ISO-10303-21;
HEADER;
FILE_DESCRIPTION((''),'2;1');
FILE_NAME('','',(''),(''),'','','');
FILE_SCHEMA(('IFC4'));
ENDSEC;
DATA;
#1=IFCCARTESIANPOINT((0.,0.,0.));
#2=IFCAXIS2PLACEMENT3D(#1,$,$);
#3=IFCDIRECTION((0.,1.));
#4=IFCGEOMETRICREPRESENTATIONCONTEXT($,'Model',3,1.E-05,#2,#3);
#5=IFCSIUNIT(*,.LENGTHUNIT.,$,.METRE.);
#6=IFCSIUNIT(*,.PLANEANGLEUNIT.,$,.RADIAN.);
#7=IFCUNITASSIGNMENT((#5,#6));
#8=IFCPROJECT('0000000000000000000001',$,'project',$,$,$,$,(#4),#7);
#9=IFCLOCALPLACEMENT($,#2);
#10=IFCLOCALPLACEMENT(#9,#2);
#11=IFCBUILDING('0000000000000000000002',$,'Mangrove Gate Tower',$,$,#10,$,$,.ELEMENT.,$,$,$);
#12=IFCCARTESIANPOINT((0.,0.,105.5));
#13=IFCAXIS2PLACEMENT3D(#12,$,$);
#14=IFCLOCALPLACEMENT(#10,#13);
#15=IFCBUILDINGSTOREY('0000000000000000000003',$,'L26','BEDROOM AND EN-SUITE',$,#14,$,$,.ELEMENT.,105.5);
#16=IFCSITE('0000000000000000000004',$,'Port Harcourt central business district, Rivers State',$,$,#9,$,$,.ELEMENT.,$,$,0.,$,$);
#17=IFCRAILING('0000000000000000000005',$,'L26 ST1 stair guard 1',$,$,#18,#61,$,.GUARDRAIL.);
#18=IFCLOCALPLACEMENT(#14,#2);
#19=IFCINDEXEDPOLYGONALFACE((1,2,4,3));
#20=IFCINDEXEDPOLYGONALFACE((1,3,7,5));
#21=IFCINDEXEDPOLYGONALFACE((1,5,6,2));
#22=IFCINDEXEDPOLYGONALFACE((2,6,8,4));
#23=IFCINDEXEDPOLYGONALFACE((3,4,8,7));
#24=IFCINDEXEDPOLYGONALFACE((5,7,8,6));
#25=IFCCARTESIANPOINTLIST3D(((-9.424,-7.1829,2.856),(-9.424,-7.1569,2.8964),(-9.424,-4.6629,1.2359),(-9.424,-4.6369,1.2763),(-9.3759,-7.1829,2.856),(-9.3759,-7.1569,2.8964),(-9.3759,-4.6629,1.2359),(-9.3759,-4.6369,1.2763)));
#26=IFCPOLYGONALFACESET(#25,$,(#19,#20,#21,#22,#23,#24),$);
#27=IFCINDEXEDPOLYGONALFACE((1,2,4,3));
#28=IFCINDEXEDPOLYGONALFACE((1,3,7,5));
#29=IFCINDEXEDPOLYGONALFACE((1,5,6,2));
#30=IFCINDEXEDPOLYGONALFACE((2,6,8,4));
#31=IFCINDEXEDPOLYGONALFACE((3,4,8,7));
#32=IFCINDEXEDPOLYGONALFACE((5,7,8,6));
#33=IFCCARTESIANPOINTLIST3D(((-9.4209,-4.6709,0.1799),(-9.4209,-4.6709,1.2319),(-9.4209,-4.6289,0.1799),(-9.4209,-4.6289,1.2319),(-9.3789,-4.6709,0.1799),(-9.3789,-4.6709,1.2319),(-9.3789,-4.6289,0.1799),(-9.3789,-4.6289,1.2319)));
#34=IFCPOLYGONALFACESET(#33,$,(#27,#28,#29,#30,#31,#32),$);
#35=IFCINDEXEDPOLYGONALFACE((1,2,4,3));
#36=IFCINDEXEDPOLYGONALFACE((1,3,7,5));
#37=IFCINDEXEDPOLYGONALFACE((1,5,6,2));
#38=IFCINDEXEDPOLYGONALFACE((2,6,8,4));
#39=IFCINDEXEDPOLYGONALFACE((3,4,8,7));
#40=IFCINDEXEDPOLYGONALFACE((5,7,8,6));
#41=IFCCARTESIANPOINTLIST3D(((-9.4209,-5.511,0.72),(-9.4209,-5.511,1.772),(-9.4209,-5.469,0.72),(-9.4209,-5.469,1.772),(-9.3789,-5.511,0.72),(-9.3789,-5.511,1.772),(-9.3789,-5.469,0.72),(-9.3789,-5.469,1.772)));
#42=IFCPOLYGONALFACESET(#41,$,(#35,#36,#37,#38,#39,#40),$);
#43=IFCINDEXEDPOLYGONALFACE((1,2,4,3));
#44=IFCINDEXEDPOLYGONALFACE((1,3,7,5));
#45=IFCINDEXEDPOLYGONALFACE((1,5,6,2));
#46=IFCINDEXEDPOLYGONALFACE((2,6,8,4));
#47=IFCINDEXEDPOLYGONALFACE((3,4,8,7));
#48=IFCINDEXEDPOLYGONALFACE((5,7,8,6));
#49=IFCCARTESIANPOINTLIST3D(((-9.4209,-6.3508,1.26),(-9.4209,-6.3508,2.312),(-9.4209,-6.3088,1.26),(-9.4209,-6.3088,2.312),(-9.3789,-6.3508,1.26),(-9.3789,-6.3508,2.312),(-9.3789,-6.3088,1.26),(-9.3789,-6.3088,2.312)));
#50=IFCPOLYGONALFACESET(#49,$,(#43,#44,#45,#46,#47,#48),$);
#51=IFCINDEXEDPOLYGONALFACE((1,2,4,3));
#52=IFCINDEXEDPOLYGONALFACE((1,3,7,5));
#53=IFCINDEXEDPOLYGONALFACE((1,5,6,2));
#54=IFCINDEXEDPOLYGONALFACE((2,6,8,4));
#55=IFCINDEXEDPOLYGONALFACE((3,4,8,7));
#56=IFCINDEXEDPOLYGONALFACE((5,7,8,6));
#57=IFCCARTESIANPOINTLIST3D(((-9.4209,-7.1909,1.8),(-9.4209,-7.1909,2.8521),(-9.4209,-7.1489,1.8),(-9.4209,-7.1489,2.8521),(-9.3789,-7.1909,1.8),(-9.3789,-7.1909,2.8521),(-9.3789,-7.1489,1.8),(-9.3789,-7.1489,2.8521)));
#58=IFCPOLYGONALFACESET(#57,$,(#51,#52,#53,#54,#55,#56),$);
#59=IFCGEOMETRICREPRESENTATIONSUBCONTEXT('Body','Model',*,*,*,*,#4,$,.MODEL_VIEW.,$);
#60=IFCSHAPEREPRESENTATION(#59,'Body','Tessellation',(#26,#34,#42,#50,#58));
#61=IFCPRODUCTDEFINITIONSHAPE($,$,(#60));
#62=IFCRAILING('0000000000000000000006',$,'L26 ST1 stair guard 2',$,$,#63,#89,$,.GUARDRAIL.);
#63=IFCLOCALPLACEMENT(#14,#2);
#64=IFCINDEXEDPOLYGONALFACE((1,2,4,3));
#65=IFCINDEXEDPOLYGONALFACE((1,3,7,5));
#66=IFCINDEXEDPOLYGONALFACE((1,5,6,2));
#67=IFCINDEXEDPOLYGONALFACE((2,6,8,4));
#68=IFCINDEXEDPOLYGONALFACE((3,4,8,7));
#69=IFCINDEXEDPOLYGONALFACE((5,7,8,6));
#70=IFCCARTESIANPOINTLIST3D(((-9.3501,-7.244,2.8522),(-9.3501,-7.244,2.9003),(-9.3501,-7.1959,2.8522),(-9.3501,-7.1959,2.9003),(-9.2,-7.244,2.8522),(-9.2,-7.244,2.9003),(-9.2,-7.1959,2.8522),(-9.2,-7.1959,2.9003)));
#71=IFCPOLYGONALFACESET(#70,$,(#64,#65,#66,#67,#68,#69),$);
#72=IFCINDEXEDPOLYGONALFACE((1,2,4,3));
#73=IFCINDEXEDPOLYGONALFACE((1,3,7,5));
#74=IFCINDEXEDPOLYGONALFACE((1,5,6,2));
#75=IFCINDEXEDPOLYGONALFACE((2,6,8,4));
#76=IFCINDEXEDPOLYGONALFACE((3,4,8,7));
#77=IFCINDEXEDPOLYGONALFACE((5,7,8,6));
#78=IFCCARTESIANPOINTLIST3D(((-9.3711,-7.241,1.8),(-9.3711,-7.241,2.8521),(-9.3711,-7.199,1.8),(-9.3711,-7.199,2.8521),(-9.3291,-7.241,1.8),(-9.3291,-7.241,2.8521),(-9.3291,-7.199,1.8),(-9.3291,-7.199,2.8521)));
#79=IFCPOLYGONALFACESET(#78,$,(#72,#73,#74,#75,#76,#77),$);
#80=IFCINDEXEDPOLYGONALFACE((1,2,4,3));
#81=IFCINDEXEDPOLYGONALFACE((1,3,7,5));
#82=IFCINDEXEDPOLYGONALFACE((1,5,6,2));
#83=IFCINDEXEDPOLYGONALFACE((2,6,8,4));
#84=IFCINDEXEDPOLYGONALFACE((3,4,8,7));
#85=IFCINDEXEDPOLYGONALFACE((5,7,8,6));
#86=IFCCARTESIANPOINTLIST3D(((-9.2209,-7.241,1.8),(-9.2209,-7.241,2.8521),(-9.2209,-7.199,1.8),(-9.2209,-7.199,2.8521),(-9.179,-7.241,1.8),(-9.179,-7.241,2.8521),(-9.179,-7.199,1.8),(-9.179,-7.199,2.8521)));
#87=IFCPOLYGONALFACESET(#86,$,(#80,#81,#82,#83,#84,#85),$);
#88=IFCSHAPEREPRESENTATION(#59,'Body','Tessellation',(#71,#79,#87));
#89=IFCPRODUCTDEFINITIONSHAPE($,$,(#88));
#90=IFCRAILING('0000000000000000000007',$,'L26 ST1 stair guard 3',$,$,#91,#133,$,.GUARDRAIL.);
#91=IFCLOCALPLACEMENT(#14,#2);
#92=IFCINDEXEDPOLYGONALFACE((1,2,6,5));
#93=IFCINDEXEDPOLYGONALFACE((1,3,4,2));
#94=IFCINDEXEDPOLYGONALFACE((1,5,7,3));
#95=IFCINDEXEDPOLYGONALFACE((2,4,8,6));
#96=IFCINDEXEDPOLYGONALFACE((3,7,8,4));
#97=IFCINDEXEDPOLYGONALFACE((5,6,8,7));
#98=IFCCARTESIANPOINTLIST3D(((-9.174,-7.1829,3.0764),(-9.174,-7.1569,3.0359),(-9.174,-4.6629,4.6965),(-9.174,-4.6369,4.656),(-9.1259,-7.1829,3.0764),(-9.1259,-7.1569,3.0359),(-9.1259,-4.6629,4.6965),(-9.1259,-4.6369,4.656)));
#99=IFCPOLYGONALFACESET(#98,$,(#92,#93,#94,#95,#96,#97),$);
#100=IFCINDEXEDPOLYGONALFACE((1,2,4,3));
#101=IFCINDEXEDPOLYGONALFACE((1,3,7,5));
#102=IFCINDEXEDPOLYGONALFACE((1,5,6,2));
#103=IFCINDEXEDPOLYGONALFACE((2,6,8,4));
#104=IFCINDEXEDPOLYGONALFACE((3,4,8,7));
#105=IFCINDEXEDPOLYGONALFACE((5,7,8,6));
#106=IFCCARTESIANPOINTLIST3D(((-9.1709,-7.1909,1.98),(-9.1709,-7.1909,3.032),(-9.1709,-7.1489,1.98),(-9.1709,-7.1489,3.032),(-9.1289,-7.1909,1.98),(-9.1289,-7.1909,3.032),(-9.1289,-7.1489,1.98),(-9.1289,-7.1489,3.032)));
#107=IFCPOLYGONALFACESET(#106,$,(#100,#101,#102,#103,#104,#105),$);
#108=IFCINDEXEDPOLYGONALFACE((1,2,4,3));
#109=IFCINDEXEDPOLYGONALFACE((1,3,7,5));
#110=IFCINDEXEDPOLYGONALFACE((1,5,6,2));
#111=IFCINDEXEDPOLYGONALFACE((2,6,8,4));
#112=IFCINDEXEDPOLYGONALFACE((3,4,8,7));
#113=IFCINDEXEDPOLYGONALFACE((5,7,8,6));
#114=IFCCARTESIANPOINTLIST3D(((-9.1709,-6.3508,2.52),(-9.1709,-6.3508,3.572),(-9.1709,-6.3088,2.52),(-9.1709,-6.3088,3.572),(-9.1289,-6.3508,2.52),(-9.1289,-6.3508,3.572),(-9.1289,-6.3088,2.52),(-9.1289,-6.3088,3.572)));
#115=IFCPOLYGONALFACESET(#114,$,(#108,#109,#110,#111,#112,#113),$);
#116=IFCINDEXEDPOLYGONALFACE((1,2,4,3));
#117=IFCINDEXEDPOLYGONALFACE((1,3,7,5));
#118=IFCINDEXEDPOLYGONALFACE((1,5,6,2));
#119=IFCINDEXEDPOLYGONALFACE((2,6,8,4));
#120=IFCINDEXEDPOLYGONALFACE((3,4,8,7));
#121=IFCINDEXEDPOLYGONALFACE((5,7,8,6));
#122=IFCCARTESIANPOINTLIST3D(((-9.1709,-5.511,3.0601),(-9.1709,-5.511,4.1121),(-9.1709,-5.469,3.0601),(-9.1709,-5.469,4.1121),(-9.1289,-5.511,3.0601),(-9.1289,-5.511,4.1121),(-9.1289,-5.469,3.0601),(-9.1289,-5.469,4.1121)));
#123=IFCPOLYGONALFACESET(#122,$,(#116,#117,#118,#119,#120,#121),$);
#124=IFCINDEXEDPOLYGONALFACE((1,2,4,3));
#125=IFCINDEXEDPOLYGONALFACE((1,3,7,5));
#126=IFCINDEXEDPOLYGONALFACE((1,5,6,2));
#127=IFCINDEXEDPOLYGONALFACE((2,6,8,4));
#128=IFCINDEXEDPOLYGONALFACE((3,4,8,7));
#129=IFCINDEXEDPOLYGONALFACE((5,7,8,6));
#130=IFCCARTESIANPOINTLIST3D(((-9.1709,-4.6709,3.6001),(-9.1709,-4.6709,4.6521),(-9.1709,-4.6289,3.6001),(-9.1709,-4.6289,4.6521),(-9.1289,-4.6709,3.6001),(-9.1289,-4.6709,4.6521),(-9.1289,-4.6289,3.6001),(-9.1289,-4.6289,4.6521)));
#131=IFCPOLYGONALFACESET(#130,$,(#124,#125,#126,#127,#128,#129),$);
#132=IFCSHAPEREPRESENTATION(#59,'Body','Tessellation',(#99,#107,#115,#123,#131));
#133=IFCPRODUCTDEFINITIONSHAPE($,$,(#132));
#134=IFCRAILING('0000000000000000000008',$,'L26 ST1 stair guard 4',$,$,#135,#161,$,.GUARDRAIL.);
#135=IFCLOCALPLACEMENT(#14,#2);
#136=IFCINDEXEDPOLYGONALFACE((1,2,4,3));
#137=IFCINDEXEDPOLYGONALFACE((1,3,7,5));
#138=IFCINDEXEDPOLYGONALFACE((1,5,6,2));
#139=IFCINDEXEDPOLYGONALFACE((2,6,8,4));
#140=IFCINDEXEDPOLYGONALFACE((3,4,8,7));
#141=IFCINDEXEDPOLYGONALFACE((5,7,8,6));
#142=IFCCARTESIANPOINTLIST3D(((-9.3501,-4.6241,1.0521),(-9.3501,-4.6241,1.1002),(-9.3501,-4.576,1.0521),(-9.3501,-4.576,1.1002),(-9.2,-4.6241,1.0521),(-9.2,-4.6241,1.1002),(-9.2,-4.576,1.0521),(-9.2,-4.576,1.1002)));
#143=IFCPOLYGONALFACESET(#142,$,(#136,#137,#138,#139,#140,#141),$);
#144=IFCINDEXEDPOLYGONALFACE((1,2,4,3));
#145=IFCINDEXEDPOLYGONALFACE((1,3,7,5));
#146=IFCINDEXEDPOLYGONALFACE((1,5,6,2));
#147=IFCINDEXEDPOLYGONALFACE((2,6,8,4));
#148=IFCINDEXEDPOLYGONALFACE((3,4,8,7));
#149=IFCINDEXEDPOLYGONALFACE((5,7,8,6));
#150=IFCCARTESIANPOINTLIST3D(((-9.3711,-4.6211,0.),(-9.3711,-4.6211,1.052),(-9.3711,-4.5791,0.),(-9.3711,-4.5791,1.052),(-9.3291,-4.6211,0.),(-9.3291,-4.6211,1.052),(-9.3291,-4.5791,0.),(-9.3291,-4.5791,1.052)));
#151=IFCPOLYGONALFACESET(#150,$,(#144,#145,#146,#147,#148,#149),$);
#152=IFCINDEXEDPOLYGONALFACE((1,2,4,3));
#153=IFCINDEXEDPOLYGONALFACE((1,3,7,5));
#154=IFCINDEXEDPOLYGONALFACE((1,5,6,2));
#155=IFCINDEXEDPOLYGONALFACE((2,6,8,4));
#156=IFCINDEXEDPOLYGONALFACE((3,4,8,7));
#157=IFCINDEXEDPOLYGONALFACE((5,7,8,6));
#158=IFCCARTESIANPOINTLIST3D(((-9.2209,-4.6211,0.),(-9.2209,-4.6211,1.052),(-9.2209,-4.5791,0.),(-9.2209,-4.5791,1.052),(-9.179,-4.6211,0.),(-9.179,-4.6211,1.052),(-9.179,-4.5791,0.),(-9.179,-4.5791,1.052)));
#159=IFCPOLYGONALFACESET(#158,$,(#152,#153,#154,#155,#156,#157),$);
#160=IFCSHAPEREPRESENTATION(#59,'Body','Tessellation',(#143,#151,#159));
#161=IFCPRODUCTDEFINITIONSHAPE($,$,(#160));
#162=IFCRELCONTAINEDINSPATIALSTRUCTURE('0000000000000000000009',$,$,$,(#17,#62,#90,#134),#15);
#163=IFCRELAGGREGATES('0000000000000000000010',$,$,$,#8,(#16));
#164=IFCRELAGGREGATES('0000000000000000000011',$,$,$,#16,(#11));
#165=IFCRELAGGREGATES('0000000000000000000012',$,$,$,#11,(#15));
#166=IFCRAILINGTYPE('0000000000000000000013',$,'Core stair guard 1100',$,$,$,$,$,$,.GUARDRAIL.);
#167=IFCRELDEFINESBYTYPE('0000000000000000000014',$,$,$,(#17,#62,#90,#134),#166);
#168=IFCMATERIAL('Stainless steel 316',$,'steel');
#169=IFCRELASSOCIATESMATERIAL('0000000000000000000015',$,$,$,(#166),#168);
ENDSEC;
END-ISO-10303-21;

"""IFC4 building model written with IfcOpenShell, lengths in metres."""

from ifc_helpers import new_model, si_unit, direction, frame, origin, origin_2d, place, context, subcontext, project, spatial, rectangle, extrude, material, type_object, element, save


model = new_model("IFC4")

# Units and contexts
model_context = context("Model", 3, precision=1e-05, world=origin(), true_north=direction((0.0, 1.0)))
body_context = subcontext(model_context, "Body", "Model", "MODEL_VIEW")
ifc_project = project(units=[si_unit("LENGTHUNIT", "METRE"), si_unit("PLANEANGLEUNIT", "RADIAN")], contexts=[model_context])

# Site, building, storey
site_placement = place(None, origin())
site = spatial("IfcSite", under=ifc_project, at=site_placement, Name="Port Harcourt central business district, Rivers State", CompositionType="ELEMENT", RefElevation=0.0)
building_placement = place(site_placement, origin())
building = spatial("IfcBuilding", under=site, at=building_placement, Name="Mangrove Gate Tower", CompositionType="ELEMENT")
storey_placement = place(building_placement, frame((0.0, 0.0, 105.5)))
storey = spatial("IfcBuildingStorey", under=building, at=storey_placement, Name="L26", Description="BEDROOM AND EN-SUITE", CompositionType="ELEMENT", Elevation=105.5)

# Railings
ifc_material_1 = material(Name="Stainless steel 316", Category="steel")
railing_type_1 = type_object("IfcRailingType", Name="Core stair guard 1100", PredefinedType="GUARDRAIL", material=ifc_material_1)
railing_1_placement = place(storey_placement, frame((-9.3999, -4.6499, 0.1799)))
element("IfcRailing", 1, at=railing_1_placement, inside=storey, type_object=railing_type_1, Name="L26 ST1 stair guard 1", PredefinedType="GUARDRAIL", context=body_context, shape_type="SweptSolid", body=[
    extrude(rectangle(XDim=0.0481, YDim=0.0481, at=origin_2d()), frame((0.0, 0.0, 1.0762), z_axis=(0.0, -0.841163, 0.540782), x_axis=(1.0, 0.0, 0.0)), (0.0, 0.0, 1.0), 2.9958),
    extrude(rectangle(XDim=0.042, YDim=0.042, at=origin_2d()), origin(), (0.0, 0.0, 1.0), 1.052),
    extrude(rectangle(XDim=0.042, YDim=0.042, at=origin_2d()), frame((0.0, -0.8401, 0.54)), (0.0, 0.0, 1.0), 1.052),
    extrude(rectangle(XDim=0.042, YDim=0.042, at=origin_2d()), frame((0.0, -1.6799, 1.0801)), (0.0, 0.0, 1.0), 1.052),
    extrude(rectangle(XDim=0.042, YDim=0.042, at=origin_2d()), frame((0.0, -2.52, 1.6201)), (0.0, 0.0, 1.0), 1.052),
])
railing_2_placement = place(storey_placement, frame((-9.3501, -7.22, 1.8)))
element("IfcRailing", 2, at=railing_2_placement, inside=storey, type_object=railing_type_1, Name="L26 ST1 stair guard 2", PredefinedType="GUARDRAIL", context=body_context, shape_type="SweptSolid", body=[
    extrude(rectangle(XDim=0.0481, YDim=0.0481, at=origin_2d()), frame((0.0, 0.0, 1.0762), z_axis=(1.0, 0.0, 0.0), x_axis=(0.0, 1.0, 0.0)), (0.0, 0.0, 1.0), 0.1501),
    extrude(rectangle(XDim=0.042, YDim=0.042, at=origin_2d()), origin(), (0.0, 0.0, 1.0), 1.052),
    extrude(rectangle(XDim=0.042, YDim=0.042, at=origin_2d()), frame((0.1501, 0.0, 0.0)), (0.0, 0.0, 1.0), 1.052),
])
railing_3_placement = place(storey_placement, frame((-9.1499, -7.1699, 1.98)))
element("IfcRailing", 3, at=railing_3_placement, inside=storey, type_object=railing_type_1, Name="L26 ST1 stair guard 3", PredefinedType="GUARDRAIL", context=body_context, shape_type="SweptSolid", body=[
    extrude(rectangle(XDim=0.0481, YDim=0.0481, at=origin_2d()), frame((0.0, 0.0, 1.0762), z_axis=(0.0, 0.841163, 0.540782), x_axis=(-1.0, 0.0, 0.0)), (0.0, 0.0, 1.0), 2.9958),
    extrude(rectangle(XDim=0.042, YDim=0.042, at=origin_2d()), origin(), (0.0, 0.0, 1.0), 1.052),
    extrude(rectangle(XDim=0.042, YDim=0.042, at=origin_2d()), frame((0.0, 0.8401, 0.54)), (0.0, 0.0, 1.0), 1.052),
    extrude(rectangle(XDim=0.042, YDim=0.042, at=origin_2d()), frame((0.0, 1.6799, 1.0801)), (0.0, 0.0, 1.0), 1.052),
    extrude(rectangle(XDim=0.042, YDim=0.042, at=origin_2d()), frame((0.0, 2.52, 1.6201)), (0.0, 0.0, 1.0), 1.052),
])
railing_4_placement = place(storey_placement, frame((-9.3501, -4.6001, 0.0)))
element("IfcRailing", 4, at=railing_4_placement, inside=storey, type_object=railing_type_1, Name="L26 ST1 stair guard 4", PredefinedType="GUARDRAIL", context=body_context, shape_type="SweptSolid", body=[
    extrude(rectangle(XDim=0.0481, YDim=0.0481, at=origin_2d()), frame((0.0, 0.0, 1.0762), z_axis=(1.0, 0.0, 0.0), x_axis=(0.0, 1.0, 0.0)), (0.0, 0.0, 1.0), 0.1501),
    extrude(rectangle(XDim=0.042, YDim=0.042, at=origin_2d()), origin(), (0.0, 0.0, 1.0), 1.052),
    extrude(rectangle(XDim=0.042, YDim=0.042, at=origin_2d()), frame((0.1501, 0.0, 0.0)), (0.0, 0.0, 1.0), 1.052),
])

save(model, "model.ifc")
